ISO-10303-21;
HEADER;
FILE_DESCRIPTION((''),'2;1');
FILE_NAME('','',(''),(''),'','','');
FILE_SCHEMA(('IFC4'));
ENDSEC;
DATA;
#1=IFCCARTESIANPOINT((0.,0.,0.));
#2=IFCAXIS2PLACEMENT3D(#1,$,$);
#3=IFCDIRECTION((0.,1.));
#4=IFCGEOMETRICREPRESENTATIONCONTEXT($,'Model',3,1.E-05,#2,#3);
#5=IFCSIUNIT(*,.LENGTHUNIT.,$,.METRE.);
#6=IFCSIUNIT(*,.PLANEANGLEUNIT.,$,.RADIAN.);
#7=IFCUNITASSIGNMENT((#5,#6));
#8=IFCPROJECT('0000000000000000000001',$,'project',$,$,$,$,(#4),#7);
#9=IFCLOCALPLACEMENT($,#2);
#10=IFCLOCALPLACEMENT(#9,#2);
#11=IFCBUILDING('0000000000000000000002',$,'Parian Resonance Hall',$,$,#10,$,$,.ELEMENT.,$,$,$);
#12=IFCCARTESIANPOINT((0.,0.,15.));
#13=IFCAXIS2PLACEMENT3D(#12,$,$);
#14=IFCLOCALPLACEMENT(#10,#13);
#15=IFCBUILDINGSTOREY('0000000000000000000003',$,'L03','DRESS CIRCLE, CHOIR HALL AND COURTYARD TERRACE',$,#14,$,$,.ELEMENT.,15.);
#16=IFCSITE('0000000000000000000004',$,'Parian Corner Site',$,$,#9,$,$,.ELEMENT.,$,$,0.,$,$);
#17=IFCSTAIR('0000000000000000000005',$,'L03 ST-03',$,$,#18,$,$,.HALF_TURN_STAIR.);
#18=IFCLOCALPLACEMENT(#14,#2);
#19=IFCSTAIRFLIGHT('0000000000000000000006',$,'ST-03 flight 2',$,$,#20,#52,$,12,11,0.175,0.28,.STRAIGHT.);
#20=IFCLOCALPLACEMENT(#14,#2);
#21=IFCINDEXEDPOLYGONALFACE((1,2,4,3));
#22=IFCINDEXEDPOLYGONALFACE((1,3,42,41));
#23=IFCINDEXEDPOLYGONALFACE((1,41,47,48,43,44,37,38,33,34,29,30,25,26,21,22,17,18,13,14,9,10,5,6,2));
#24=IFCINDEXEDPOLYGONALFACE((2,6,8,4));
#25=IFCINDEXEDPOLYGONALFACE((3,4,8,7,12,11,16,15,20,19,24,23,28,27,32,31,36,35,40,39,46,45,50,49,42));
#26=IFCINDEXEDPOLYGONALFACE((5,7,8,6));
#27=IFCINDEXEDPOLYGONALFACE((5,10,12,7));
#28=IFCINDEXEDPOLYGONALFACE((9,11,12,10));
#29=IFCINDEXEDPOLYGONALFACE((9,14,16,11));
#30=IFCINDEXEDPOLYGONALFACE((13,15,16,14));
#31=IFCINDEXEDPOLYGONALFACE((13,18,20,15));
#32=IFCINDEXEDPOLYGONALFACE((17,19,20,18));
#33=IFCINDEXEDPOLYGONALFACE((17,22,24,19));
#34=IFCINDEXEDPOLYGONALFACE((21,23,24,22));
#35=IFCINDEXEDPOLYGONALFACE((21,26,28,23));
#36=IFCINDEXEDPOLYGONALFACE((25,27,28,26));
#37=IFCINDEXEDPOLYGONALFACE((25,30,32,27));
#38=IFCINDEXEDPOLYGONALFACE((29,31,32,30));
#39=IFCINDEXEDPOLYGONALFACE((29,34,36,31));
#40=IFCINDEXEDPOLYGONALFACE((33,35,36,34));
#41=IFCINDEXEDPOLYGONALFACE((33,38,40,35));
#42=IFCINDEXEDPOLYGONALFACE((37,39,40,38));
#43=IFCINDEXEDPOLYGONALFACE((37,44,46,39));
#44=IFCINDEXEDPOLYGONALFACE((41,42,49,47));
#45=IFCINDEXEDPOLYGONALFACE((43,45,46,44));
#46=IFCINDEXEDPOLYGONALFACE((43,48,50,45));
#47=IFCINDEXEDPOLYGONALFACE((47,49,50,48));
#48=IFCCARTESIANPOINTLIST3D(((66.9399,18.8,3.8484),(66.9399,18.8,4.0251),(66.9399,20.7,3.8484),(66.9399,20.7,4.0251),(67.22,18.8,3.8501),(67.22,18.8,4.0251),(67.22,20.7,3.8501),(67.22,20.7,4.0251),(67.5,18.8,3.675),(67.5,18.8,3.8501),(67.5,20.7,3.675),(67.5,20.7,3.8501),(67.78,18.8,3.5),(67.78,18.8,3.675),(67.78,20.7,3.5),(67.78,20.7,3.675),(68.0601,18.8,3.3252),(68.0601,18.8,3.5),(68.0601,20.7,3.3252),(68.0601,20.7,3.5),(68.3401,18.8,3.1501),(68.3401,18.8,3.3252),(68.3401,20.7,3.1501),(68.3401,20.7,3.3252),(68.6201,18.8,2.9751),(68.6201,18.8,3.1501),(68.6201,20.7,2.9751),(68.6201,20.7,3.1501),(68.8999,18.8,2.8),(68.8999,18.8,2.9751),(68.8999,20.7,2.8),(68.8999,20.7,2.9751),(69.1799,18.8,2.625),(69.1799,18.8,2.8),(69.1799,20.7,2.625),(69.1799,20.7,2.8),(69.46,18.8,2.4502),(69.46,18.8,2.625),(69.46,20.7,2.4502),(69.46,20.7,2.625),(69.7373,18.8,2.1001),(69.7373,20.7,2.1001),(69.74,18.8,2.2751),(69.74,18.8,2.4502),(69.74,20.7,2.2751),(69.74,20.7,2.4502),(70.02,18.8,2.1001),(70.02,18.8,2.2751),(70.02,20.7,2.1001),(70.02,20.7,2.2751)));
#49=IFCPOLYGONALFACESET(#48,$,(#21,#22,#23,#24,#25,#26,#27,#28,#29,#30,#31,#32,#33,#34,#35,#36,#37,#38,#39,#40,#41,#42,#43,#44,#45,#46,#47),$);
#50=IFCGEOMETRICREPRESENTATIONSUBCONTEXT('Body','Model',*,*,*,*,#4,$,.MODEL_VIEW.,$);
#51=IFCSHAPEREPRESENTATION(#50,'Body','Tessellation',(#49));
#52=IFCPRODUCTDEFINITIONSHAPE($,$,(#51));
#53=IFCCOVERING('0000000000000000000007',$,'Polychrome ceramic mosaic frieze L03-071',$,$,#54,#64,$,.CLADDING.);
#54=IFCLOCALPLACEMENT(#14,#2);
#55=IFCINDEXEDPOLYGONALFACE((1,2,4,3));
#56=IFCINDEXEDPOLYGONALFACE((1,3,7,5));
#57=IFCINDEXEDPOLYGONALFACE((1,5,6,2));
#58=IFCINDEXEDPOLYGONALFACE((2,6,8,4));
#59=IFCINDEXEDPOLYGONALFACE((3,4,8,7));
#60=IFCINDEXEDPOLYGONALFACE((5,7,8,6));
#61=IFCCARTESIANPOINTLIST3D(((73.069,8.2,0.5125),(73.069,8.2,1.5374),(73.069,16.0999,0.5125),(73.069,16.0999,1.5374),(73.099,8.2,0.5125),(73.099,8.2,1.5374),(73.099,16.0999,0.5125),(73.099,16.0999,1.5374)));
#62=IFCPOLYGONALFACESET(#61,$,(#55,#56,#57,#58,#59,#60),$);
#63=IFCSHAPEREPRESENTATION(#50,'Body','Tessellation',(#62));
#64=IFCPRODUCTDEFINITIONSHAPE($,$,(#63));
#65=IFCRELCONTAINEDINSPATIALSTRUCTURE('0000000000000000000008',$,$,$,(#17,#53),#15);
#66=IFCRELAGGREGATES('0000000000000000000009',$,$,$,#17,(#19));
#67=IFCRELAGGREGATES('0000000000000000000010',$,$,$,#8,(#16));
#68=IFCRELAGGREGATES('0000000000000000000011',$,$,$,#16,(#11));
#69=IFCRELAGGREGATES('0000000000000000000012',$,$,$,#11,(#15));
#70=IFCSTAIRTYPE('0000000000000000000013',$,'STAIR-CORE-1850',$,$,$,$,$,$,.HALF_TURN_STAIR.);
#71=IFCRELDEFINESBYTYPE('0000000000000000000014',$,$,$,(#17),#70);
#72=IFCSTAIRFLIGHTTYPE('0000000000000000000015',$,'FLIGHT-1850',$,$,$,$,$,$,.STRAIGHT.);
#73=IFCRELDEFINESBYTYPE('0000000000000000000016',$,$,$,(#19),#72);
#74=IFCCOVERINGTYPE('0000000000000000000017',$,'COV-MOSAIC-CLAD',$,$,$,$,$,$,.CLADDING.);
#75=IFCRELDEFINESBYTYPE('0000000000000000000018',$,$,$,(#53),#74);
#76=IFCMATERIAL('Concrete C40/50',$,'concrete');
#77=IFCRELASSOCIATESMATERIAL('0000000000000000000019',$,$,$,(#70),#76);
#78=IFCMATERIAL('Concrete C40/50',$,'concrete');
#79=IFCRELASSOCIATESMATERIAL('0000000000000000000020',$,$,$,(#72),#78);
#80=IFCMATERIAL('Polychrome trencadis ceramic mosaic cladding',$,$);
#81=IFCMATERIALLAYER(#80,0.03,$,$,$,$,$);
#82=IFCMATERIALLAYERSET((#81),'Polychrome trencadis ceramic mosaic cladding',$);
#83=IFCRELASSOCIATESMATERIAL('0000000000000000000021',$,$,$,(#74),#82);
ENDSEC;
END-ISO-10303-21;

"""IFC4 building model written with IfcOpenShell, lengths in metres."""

from ifc_helpers import new_model, si_unit, direction, frame, origin, origin_2d, place, context, subcontext, project, spatial, polyline, rectangle, outline, extrude, material, layer, layer_set, type_object, element, aggregate, save


model = new_model("IFC4")

# Units and contexts
model_context = context("Model", 3, precision=1e-05, world=origin(), true_north=direction((0.0, 1.0)))
body_context = subcontext(model_context, "Body", "Model", "MODEL_VIEW")
ifc_project = project(units=[si_unit("LENGTHUNIT", "METRE"), si_unit("PLANEANGLEUNIT", "RADIAN")], contexts=[model_context])

# Site, building, storey
site_placement = place(None, origin())
site = spatial("IfcSite", under=ifc_project, at=site_placement, Name="Parian Corner Site", CompositionType="ELEMENT", RefElevation=0.0)
building_placement = place(site_placement, origin())
building = spatial("IfcBuilding", under=site, at=building_placement, Name="Parian Resonance Hall", CompositionType="ELEMENT")
storey_placement = place(building_placement, frame((0.0, 0.0, 15.0)))
storey = spatial("IfcBuildingStorey", under=building, at=storey_placement, Name="L03", Description="DRESS CIRCLE, CHOIR HALL AND COURTYARD TERRACE", CompositionType="ELEMENT", Elevation=15.0)

# Stair, stair flight
ifc_material_1 = material(Name="Concrete C40/50", Category="concrete")
stair_type = type_object("IfcStairType", Name="STAIR-CORE-1850", PredefinedType="HALF_TURN_STAIR", material=ifc_material_1)
stair_placement = place(storey_placement, origin())
stair = element("IfcStair", 1, at=stair_placement, inside=storey, type_object=stair_type, Name="L03 ST-03", PredefinedType="HALF_TURN_STAIR")
ifc_material_2 = material(Name="Concrete C40/50", Category="concrete")
stair_flight_type = type_object("IfcStairFlightType", Name="FLIGHT-1850", PredefinedType="STRAIGHT", material=ifc_material_2)
stair_flight_1_placement = place(storey_placement, frame((70.02, 19.75, 2.1001), z_axis=(0.0, 0.0, 1.0), x_axis=(-1.0, 0.0, 0.0)))
stair_flight_1 = element("IfcStairFlight", 2, at=stair_flight_1_placement, type_object=stair_flight_type, Name="ST-03 flight 2", NumberOfRisers=12, NumberOfTreads=11, PredefinedType="STRAIGHT", RiserHeight=0.175, TreadLength=0.28, context=body_context, shape_type="SweptSolid", body=[
    extrude(outline(polyline([(0.0, 0.0), (0.0, 0.175), (0.28, 0.175), (0.28, 0.3501), (0.5601, 0.3501), (0.5601, 0.5249), (0.8401, 0.5249), (0.8401, 0.7), (1.1201, 0.7), (1.1201, 0.875), (1.3999, 0.875), (1.3999, 1.05), (1.6799, 1.05), (1.6799, 1.2251), (1.96, 1.2251), (1.96, 1.3999), (2.24, 1.3999), (2.24, 1.575), (2.52, 1.575), (2.52, 1.75), (2.8, 1.75), (2.8, 1.925), (3.0801, 1.925), (3.0801, 2.1001), (3.0801, 1.7483), (0.2827, 0.0), (0.0, 0.0)])), frame((0.0, 0.95, 0.0), z_axis=(0.0, -1.0, 0.0), x_axis=(1.0, 0.0, 0.0)), (0.0, 0.0, 1.0), 1.8999),
])
aggregate(stair, [stair_flight_1])

# Covering
ifc_material_3 = material(Name="Polychrome trencadis ceramic mosaic cladding")
ifc_layer_1 = layer(ifc_material_3, 0.03)
ifc_layer_set_1 = layer_set([ifc_layer_1], Name="Polychrome trencadis ceramic mosaic cladding")
covering_type = type_object("IfcCoveringType", Name="COV-MOSAIC-CLAD", PredefinedType="CLADDING", material=ifc_layer_set_1)
covering_placement = place(storey_placement, frame((73.084, 12.1499, 0.5125), z_axis=(0.0, 0.0, 1.0), x_axis=(0.0, -1.0, 0.0)))
element("IfcCovering", 3, at=covering_placement, inside=storey, type_object=covering_type, Name="Polychrome ceramic mosaic frieze L03-071", PredefinedType="CLADDING", context=body_context, shape_type="SweptSolid", body=[
    extrude(rectangle(XDim=7.8999, YDim=0.03, at=origin_2d()), origin(), (0.0, 0.0, 1.0), 1.0249),
])

save(model, "model.ifc")
